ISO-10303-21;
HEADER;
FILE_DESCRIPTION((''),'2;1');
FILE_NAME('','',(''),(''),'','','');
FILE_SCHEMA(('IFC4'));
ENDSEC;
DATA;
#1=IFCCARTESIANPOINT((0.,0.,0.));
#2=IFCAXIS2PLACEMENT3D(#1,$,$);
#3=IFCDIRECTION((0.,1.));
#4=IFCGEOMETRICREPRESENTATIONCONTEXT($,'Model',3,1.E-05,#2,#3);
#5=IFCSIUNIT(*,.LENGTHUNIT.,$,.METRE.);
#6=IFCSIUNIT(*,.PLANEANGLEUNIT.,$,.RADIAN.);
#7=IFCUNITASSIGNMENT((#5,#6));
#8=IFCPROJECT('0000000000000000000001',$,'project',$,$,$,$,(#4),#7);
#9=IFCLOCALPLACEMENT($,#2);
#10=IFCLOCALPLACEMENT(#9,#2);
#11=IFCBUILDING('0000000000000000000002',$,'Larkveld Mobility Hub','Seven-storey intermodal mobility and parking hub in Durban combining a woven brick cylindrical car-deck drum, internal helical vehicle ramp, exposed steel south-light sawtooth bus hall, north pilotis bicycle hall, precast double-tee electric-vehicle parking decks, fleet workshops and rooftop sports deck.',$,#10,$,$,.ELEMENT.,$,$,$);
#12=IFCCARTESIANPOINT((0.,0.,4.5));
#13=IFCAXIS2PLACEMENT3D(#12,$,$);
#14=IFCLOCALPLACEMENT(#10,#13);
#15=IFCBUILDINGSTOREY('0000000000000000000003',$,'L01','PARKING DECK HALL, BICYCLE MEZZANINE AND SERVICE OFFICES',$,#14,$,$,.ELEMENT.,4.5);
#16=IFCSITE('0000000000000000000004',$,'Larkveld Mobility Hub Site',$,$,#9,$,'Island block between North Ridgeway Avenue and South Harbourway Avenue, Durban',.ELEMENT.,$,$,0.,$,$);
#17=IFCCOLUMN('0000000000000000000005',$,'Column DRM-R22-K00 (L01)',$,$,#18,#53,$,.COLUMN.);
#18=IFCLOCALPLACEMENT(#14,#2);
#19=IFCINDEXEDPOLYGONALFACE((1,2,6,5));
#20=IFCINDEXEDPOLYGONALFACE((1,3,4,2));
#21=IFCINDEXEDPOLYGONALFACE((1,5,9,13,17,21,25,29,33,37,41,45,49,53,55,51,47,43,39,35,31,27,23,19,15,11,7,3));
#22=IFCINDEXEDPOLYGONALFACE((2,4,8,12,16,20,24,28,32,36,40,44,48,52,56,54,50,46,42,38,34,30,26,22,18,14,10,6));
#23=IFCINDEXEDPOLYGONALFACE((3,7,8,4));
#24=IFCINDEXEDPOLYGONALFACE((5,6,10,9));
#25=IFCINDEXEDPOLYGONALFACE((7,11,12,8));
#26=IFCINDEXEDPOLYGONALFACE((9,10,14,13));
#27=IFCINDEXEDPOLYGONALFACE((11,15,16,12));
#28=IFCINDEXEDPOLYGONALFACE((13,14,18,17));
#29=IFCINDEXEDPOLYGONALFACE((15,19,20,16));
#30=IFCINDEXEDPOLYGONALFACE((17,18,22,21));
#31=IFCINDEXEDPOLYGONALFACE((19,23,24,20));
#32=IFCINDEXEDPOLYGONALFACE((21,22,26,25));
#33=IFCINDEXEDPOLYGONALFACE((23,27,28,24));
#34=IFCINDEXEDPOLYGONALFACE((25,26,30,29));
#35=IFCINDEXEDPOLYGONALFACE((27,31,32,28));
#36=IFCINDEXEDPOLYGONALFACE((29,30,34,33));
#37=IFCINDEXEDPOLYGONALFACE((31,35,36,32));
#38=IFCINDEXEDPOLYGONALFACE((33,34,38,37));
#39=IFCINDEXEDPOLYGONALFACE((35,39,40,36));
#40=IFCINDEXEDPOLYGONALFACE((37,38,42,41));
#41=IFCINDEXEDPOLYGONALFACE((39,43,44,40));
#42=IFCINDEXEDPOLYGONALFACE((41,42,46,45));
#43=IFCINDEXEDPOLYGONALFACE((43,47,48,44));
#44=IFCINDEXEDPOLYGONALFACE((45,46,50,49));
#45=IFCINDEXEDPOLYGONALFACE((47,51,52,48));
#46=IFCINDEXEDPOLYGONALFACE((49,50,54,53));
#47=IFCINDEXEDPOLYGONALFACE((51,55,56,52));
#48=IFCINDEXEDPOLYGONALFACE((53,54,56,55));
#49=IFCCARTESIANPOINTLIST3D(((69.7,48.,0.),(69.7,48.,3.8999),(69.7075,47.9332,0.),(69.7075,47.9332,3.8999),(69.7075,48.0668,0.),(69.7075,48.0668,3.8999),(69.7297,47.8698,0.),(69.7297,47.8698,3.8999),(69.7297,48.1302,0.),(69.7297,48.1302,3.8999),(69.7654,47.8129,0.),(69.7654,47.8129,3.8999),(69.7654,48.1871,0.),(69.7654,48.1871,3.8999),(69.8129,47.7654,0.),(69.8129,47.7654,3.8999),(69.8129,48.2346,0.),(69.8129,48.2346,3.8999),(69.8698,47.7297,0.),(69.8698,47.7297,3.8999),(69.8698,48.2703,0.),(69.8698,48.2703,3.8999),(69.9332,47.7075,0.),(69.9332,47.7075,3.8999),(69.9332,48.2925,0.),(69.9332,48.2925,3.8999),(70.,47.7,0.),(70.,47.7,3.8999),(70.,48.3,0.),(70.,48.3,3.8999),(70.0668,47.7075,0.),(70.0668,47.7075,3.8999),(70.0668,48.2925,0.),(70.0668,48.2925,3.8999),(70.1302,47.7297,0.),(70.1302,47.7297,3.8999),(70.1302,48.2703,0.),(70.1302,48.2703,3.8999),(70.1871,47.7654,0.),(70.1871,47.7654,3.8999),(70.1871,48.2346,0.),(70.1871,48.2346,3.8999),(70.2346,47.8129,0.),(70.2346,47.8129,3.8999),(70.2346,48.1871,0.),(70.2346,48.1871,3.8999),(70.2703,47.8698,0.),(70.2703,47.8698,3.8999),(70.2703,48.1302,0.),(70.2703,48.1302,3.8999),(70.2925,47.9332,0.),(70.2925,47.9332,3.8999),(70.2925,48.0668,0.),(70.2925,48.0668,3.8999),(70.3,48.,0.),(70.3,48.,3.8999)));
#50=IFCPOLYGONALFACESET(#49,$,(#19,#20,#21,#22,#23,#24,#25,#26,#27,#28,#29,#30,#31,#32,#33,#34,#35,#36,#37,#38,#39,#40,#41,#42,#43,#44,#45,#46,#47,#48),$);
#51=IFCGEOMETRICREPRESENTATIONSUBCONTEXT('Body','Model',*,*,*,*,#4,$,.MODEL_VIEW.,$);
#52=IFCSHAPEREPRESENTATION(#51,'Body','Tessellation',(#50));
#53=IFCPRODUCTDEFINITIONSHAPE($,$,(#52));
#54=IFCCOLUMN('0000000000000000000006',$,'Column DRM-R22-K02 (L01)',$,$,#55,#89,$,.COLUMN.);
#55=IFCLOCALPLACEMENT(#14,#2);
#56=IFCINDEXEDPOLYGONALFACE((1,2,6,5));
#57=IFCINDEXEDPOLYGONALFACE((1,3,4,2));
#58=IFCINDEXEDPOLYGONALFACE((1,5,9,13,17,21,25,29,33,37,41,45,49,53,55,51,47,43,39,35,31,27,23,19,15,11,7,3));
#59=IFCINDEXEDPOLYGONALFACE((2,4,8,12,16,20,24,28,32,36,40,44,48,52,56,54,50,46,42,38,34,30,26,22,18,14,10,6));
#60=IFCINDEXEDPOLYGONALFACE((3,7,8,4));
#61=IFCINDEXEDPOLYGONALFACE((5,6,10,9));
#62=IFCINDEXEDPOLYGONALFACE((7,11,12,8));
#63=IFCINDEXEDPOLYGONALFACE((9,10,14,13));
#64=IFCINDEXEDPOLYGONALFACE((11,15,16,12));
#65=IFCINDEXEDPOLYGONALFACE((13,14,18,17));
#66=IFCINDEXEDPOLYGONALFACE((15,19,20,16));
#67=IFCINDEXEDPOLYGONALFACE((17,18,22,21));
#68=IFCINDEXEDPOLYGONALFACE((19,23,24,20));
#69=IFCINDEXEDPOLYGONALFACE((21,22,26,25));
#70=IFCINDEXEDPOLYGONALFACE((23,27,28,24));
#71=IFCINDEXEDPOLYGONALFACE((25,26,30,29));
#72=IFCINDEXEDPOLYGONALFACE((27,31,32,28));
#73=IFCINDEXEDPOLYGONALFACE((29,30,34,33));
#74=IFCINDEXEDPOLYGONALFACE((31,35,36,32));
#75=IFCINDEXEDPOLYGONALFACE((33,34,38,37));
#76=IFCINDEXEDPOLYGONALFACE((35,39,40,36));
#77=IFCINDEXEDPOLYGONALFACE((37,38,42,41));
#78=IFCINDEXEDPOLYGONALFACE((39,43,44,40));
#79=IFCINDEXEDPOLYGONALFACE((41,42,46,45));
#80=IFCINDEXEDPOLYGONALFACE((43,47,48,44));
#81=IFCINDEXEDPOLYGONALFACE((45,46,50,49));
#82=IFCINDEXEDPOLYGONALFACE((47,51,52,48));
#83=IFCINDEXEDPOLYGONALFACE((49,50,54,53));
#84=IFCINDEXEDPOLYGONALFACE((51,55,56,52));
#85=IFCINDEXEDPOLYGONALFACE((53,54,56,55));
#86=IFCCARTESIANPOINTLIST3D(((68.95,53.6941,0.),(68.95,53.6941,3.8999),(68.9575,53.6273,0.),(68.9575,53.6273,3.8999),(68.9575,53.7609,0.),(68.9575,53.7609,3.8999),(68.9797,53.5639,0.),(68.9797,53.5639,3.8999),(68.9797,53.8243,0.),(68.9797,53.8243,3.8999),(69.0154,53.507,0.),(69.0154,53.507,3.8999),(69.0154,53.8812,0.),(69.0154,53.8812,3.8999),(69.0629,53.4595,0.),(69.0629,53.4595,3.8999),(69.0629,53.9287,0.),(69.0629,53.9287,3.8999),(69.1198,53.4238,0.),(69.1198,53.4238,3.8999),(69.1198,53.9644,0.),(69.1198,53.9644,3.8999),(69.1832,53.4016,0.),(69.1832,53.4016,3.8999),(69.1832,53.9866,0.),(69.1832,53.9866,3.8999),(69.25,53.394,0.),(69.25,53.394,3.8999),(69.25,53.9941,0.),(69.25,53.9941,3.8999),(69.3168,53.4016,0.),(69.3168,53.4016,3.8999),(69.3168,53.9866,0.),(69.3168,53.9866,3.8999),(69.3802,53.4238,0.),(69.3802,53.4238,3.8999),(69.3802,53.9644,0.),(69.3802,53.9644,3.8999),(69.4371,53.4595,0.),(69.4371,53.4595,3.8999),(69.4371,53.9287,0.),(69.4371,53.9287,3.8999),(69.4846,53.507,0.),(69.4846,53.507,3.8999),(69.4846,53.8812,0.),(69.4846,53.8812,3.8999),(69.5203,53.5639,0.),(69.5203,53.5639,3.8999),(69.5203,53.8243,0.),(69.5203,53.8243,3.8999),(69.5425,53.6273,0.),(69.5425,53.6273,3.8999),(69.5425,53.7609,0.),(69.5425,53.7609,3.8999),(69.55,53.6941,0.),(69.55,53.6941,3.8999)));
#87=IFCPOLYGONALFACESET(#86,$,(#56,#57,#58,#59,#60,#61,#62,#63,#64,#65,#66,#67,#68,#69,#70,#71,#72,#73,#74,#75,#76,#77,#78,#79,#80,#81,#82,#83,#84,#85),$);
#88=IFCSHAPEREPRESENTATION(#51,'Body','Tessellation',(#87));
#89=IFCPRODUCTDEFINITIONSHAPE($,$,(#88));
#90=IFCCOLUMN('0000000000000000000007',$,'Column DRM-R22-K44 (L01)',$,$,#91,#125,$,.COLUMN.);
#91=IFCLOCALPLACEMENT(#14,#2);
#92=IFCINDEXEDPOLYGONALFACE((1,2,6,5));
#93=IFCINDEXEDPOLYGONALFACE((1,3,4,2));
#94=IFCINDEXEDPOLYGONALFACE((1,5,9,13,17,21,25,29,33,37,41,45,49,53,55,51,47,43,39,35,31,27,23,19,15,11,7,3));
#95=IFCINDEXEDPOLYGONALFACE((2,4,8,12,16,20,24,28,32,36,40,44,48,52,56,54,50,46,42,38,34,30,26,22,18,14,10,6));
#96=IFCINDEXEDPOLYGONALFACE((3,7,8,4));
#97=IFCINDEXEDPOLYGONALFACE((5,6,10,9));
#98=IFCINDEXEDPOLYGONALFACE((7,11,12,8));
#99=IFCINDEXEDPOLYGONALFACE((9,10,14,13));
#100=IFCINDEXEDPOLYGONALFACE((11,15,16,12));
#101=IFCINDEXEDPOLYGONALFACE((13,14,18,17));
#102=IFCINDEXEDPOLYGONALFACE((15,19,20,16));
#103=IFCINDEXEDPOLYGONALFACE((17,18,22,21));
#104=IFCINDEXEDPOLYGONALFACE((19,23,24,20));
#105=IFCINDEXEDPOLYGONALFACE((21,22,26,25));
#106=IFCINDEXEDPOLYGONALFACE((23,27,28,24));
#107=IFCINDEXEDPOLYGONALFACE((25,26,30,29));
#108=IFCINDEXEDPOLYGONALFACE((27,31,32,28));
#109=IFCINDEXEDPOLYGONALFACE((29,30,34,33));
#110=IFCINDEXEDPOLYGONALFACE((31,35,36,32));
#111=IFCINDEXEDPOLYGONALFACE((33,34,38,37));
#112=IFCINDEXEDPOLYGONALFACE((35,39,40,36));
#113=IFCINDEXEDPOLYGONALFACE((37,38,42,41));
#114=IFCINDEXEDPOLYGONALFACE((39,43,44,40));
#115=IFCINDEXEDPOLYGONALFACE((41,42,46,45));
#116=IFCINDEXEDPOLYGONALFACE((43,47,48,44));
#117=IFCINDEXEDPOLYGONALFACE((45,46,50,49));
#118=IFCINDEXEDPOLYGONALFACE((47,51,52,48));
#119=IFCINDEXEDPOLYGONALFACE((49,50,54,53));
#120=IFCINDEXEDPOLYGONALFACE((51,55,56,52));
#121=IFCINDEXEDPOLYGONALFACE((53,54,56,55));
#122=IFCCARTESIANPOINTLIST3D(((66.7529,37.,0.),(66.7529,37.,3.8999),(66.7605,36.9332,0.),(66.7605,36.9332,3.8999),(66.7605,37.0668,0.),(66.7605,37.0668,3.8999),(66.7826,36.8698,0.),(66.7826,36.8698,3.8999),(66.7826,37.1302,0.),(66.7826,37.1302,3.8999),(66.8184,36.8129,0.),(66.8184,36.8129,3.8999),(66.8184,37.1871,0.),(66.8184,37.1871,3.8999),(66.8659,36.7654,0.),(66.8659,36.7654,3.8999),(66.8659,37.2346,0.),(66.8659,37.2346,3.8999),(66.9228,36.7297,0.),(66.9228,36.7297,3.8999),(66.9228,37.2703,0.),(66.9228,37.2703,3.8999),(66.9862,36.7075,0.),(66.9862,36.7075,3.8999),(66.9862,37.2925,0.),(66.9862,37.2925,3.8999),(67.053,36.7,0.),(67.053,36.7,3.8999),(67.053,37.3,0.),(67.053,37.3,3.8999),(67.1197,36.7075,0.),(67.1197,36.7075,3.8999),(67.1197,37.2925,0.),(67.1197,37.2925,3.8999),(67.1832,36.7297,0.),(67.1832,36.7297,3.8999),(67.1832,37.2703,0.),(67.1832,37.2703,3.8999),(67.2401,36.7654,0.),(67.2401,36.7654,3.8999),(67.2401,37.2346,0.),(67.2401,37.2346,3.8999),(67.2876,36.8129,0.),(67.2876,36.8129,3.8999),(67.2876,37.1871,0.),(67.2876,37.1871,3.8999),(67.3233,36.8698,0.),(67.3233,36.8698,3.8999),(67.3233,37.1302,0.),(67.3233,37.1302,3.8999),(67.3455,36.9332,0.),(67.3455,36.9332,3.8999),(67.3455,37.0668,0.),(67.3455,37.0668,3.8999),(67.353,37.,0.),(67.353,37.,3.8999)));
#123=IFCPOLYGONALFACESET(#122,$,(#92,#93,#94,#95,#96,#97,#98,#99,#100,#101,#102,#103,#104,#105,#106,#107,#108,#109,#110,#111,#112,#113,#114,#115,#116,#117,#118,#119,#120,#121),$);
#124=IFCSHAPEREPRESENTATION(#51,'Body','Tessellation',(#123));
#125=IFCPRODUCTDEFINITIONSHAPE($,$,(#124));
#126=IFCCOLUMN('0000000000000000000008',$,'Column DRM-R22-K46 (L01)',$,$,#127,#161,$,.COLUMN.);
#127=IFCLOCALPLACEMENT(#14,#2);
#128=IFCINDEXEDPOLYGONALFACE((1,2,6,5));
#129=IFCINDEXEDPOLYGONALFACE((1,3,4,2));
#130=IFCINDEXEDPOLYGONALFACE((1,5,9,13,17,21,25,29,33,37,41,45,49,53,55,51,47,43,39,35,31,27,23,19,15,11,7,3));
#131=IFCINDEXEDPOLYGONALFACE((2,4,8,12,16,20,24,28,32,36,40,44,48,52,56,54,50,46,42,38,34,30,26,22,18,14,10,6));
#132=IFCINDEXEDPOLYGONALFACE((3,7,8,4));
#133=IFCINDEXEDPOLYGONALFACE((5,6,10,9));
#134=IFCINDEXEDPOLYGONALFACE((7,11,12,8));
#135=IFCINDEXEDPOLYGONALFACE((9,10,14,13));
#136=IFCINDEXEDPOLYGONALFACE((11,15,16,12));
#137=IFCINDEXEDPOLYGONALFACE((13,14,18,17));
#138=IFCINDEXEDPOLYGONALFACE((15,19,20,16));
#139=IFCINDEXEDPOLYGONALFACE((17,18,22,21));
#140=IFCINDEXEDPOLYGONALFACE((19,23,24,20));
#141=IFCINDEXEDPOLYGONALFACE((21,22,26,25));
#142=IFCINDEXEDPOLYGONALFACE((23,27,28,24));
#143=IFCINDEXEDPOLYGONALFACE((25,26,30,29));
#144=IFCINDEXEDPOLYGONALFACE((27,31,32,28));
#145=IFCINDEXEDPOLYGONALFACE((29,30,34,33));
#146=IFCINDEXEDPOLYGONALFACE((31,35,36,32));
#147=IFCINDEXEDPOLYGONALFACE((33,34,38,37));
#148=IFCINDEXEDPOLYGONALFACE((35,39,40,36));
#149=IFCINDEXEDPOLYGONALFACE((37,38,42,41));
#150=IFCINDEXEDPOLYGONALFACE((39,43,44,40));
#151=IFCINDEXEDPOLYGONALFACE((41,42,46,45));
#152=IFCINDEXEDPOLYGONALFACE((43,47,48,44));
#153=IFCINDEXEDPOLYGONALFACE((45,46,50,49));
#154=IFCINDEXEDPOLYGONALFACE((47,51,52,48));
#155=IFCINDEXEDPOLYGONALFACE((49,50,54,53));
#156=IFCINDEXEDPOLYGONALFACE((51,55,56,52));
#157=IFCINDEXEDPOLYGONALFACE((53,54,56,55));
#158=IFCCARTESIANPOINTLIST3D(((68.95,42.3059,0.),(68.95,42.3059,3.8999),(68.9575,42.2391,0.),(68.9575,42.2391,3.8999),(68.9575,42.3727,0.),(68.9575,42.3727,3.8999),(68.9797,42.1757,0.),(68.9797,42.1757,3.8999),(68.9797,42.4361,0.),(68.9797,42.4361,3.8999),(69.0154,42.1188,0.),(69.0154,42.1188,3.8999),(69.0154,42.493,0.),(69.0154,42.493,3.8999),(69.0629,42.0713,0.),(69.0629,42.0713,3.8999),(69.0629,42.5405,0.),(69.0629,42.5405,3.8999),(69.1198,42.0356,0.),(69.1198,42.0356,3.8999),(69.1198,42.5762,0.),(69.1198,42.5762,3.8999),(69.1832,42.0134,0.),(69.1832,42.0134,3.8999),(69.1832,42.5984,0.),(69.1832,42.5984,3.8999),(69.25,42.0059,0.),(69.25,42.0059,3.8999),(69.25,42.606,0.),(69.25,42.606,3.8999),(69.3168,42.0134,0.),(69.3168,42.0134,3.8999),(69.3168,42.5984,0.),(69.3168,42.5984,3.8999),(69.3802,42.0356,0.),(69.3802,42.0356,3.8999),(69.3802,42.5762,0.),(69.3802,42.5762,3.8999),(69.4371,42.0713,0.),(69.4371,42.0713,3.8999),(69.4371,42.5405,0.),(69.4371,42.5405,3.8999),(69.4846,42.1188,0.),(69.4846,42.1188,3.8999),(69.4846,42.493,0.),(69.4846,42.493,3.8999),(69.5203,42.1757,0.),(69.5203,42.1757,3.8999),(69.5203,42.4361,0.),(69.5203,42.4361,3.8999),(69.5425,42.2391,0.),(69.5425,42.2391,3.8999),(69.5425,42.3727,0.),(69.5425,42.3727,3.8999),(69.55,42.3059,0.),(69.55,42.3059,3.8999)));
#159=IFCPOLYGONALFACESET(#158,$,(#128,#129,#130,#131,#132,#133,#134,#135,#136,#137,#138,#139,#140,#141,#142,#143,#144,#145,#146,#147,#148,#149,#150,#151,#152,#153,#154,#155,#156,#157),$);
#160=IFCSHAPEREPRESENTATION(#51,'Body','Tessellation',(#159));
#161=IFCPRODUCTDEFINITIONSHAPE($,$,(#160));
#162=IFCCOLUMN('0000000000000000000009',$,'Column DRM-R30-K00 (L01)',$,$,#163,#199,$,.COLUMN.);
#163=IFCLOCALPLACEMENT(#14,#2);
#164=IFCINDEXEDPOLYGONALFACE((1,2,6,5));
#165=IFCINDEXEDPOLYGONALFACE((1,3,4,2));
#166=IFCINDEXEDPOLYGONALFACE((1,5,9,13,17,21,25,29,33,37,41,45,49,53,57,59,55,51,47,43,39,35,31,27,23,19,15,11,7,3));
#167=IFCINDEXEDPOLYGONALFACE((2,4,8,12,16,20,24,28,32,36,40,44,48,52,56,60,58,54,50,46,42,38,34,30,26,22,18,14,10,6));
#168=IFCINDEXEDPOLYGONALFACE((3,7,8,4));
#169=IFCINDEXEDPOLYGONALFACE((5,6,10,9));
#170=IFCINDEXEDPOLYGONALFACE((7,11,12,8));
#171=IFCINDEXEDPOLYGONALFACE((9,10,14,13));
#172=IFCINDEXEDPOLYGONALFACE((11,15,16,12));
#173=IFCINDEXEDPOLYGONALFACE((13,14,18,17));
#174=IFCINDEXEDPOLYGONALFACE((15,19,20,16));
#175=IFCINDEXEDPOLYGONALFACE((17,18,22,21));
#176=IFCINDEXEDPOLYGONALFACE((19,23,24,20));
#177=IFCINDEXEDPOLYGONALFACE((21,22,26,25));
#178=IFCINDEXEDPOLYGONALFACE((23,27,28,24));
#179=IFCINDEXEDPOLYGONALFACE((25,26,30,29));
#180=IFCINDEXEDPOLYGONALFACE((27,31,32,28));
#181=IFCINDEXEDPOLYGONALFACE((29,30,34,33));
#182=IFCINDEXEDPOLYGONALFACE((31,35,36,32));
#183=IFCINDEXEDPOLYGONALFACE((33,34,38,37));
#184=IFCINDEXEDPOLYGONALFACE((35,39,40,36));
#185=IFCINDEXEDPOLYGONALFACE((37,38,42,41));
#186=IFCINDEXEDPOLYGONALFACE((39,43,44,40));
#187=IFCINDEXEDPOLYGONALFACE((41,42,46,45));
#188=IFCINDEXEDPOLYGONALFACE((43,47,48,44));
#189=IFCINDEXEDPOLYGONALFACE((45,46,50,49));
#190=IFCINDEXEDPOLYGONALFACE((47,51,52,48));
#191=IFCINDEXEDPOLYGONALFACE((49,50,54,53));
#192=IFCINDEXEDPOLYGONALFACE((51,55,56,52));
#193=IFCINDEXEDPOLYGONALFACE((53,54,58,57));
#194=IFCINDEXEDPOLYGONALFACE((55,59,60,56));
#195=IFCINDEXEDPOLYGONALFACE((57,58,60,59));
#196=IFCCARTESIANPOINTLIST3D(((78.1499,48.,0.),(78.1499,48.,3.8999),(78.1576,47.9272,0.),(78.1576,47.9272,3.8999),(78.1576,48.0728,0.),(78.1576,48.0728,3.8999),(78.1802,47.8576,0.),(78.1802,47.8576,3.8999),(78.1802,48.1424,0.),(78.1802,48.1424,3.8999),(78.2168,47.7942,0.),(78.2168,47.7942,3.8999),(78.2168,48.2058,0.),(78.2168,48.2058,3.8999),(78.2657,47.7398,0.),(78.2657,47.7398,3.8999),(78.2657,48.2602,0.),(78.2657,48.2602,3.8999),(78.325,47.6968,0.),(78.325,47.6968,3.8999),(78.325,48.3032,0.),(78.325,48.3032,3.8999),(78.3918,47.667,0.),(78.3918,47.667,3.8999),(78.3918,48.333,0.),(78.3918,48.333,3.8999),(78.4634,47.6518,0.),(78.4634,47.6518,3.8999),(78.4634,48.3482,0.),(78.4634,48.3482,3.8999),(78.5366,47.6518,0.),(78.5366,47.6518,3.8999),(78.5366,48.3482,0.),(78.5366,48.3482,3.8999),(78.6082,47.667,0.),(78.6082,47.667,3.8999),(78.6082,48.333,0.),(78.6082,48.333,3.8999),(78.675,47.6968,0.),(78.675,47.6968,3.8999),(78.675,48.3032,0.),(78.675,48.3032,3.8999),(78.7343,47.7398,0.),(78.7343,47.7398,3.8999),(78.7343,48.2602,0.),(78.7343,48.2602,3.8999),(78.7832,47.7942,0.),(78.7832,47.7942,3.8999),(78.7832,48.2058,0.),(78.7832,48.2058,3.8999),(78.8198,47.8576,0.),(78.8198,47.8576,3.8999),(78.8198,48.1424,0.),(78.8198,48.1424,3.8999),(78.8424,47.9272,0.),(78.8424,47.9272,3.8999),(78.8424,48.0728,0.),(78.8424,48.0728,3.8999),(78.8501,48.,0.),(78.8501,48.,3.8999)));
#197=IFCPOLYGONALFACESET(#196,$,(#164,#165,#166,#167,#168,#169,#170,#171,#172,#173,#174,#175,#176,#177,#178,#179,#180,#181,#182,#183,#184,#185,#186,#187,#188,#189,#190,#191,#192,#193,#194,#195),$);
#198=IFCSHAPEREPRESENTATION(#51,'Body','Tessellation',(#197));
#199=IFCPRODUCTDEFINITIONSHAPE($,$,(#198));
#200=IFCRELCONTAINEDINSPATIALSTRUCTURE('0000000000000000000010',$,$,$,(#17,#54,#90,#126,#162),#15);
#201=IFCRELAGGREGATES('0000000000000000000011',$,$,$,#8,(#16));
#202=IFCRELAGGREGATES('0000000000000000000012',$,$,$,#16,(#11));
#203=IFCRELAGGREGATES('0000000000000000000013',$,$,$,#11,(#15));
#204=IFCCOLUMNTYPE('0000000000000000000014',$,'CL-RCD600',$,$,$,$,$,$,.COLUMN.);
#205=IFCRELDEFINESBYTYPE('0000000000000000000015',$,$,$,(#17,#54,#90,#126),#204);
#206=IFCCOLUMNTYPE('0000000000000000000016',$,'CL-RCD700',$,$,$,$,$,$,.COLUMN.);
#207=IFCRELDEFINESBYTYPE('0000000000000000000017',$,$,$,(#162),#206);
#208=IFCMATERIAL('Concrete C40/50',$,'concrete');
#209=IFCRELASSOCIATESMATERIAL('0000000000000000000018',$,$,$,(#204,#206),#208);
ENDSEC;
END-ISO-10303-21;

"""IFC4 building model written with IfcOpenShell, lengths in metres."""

from ifc_helpers import new_model, si_unit, direction, frame, origin, origin_2d, place, context, subcontext, project, spatial, circle, extrude, material, material_profile, profile_set, type_object, element, save


model = new_model("IFC4")

# Units and contexts
model_context = context("Model", 3, precision=1e-05, world=origin(), true_north=direction((0.0, 1.0)))
body_context = subcontext(model_context, "Body", "Model", "MODEL_VIEW")
ifc_project = project(units=[si_unit("LENGTHUNIT", "METRE"), si_unit("PLANEANGLEUNIT", "RADIAN")], contexts=[model_context])

# Site, building, storey
site_placement = place(None, origin())
site = spatial("IfcSite", under=ifc_project, at=site_placement, Name="Larkveld Mobility Hub Site", LongName="Island block between North Ridgeway Avenue and South Harbourway Avenue, Durban", CompositionType="ELEMENT", RefElevation=0.0)
building_placement = place(site_placement, origin())
building = spatial("IfcBuilding", under=site, at=building_placement, Name="Larkveld Mobility Hub", Description="Seven-storey intermodal mobility and parking hub in Durban combining a woven brick cylindrical car-deck drum, internal helical vehicle ramp, exposed steel south-light sawtooth bus hall, north pilotis bicycle hall, precast double-tee electric-vehicle parking decks, fleet workshops and rooftop sports deck.", CompositionType="ELEMENT")
storey_placement = place(building_placement, frame((0.0, 0.0, 4.5)))
storey = spatial("IfcBuildingStorey", under=building, at=storey_placement, Name="L01", Description="PARKING DECK HALL, BICYCLE MEZZANINE AND SERVICE OFFICES", CompositionType="ELEMENT", Elevation=4.5)

# Columns
ifc_material_1 = material(Name="Concrete C40/50", Category="concrete")
ifc_material_profile_1 = material_profile(ifc_material_1, circle(Radius=0.3, at=origin_2d()), Name="RC COL D600")
ifc_profile_set_1 = profile_set([ifc_material_profile_1], Name="Concrete C40/50")
column_type_1 = type_object("IfcColumnType", Name="CL-RCD600", PredefinedType="COLUMN", material=ifc_profile_set_1)
for number, where, z_axis, x_axis, name in (
    (1, (70.0, 48.0, 0.0), (0.0, 0.0, 1.0), (1.0, 0.0, 0.0), "Column DRM-R22-K00 (L01)"),
    (2, (69.25, 53.6941, 0.0), (0.0, 0.0, 1.0), (1.0, 0.0, 0.0), "Column DRM-R22-K02 (L01)"),
    (3, (67.053, 37.0, 0.0), (0.0, 0.0, 1.0), (1.0, 0.0, 0.0), "Column DRM-R22-K44 (L01)"),
    (4, (69.25, 42.3059, 0.0), (0.0, 0.0, 1.0), (1.0, 0.0, 0.0), "Column DRM-R22-K46 (L01)"),
):
    element("IfcColumn", number, at=place(storey_placement, frame(where, z_axis=z_axis, x_axis=x_axis)), inside=storey, type_object=column_type_1, Name=name, PredefinedType="COLUMN", context=body_context, shape_type="SweptSolid", body=[
        extrude(circle(Radius=0.3, at=origin_2d()), origin(), (0.0, 0.0, 1.0), 3.8999),
    ])
ifc_material_profile_2 = material_profile(ifc_material_1, circle(Radius=0.3501, at=origin_2d()), Name="RC COL D700")
ifc_profile_set_2 = profile_set([ifc_material_profile_2], Name="Concrete C40/50")
column_type_2 = type_object("IfcColumnType", Name="CL-RCD700", PredefinedType="COLUMN", material=ifc_profile_set_2)
for number, where, z_axis, x_axis, name in (
    (5, (78.5, 48.0, 0.0), (0.0, 0.0, 1.0), (1.0, 0.0, 0.0), "Column DRM-R30-K00 (L01)"),
):
    element("IfcColumn", number, at=place(storey_placement, frame(where, z_axis=z_axis, x_axis=x_axis)), inside=storey, type_object=column_type_2, Name=name, PredefinedType="COLUMN", context=body_context, shape_type="SweptSolid", body=[
        extrude(circle(Radius=0.3501, at=origin_2d()), origin(), (0.0, 0.0, 1.0), 3.8999),
    ])

save(model, "model.ifc")
